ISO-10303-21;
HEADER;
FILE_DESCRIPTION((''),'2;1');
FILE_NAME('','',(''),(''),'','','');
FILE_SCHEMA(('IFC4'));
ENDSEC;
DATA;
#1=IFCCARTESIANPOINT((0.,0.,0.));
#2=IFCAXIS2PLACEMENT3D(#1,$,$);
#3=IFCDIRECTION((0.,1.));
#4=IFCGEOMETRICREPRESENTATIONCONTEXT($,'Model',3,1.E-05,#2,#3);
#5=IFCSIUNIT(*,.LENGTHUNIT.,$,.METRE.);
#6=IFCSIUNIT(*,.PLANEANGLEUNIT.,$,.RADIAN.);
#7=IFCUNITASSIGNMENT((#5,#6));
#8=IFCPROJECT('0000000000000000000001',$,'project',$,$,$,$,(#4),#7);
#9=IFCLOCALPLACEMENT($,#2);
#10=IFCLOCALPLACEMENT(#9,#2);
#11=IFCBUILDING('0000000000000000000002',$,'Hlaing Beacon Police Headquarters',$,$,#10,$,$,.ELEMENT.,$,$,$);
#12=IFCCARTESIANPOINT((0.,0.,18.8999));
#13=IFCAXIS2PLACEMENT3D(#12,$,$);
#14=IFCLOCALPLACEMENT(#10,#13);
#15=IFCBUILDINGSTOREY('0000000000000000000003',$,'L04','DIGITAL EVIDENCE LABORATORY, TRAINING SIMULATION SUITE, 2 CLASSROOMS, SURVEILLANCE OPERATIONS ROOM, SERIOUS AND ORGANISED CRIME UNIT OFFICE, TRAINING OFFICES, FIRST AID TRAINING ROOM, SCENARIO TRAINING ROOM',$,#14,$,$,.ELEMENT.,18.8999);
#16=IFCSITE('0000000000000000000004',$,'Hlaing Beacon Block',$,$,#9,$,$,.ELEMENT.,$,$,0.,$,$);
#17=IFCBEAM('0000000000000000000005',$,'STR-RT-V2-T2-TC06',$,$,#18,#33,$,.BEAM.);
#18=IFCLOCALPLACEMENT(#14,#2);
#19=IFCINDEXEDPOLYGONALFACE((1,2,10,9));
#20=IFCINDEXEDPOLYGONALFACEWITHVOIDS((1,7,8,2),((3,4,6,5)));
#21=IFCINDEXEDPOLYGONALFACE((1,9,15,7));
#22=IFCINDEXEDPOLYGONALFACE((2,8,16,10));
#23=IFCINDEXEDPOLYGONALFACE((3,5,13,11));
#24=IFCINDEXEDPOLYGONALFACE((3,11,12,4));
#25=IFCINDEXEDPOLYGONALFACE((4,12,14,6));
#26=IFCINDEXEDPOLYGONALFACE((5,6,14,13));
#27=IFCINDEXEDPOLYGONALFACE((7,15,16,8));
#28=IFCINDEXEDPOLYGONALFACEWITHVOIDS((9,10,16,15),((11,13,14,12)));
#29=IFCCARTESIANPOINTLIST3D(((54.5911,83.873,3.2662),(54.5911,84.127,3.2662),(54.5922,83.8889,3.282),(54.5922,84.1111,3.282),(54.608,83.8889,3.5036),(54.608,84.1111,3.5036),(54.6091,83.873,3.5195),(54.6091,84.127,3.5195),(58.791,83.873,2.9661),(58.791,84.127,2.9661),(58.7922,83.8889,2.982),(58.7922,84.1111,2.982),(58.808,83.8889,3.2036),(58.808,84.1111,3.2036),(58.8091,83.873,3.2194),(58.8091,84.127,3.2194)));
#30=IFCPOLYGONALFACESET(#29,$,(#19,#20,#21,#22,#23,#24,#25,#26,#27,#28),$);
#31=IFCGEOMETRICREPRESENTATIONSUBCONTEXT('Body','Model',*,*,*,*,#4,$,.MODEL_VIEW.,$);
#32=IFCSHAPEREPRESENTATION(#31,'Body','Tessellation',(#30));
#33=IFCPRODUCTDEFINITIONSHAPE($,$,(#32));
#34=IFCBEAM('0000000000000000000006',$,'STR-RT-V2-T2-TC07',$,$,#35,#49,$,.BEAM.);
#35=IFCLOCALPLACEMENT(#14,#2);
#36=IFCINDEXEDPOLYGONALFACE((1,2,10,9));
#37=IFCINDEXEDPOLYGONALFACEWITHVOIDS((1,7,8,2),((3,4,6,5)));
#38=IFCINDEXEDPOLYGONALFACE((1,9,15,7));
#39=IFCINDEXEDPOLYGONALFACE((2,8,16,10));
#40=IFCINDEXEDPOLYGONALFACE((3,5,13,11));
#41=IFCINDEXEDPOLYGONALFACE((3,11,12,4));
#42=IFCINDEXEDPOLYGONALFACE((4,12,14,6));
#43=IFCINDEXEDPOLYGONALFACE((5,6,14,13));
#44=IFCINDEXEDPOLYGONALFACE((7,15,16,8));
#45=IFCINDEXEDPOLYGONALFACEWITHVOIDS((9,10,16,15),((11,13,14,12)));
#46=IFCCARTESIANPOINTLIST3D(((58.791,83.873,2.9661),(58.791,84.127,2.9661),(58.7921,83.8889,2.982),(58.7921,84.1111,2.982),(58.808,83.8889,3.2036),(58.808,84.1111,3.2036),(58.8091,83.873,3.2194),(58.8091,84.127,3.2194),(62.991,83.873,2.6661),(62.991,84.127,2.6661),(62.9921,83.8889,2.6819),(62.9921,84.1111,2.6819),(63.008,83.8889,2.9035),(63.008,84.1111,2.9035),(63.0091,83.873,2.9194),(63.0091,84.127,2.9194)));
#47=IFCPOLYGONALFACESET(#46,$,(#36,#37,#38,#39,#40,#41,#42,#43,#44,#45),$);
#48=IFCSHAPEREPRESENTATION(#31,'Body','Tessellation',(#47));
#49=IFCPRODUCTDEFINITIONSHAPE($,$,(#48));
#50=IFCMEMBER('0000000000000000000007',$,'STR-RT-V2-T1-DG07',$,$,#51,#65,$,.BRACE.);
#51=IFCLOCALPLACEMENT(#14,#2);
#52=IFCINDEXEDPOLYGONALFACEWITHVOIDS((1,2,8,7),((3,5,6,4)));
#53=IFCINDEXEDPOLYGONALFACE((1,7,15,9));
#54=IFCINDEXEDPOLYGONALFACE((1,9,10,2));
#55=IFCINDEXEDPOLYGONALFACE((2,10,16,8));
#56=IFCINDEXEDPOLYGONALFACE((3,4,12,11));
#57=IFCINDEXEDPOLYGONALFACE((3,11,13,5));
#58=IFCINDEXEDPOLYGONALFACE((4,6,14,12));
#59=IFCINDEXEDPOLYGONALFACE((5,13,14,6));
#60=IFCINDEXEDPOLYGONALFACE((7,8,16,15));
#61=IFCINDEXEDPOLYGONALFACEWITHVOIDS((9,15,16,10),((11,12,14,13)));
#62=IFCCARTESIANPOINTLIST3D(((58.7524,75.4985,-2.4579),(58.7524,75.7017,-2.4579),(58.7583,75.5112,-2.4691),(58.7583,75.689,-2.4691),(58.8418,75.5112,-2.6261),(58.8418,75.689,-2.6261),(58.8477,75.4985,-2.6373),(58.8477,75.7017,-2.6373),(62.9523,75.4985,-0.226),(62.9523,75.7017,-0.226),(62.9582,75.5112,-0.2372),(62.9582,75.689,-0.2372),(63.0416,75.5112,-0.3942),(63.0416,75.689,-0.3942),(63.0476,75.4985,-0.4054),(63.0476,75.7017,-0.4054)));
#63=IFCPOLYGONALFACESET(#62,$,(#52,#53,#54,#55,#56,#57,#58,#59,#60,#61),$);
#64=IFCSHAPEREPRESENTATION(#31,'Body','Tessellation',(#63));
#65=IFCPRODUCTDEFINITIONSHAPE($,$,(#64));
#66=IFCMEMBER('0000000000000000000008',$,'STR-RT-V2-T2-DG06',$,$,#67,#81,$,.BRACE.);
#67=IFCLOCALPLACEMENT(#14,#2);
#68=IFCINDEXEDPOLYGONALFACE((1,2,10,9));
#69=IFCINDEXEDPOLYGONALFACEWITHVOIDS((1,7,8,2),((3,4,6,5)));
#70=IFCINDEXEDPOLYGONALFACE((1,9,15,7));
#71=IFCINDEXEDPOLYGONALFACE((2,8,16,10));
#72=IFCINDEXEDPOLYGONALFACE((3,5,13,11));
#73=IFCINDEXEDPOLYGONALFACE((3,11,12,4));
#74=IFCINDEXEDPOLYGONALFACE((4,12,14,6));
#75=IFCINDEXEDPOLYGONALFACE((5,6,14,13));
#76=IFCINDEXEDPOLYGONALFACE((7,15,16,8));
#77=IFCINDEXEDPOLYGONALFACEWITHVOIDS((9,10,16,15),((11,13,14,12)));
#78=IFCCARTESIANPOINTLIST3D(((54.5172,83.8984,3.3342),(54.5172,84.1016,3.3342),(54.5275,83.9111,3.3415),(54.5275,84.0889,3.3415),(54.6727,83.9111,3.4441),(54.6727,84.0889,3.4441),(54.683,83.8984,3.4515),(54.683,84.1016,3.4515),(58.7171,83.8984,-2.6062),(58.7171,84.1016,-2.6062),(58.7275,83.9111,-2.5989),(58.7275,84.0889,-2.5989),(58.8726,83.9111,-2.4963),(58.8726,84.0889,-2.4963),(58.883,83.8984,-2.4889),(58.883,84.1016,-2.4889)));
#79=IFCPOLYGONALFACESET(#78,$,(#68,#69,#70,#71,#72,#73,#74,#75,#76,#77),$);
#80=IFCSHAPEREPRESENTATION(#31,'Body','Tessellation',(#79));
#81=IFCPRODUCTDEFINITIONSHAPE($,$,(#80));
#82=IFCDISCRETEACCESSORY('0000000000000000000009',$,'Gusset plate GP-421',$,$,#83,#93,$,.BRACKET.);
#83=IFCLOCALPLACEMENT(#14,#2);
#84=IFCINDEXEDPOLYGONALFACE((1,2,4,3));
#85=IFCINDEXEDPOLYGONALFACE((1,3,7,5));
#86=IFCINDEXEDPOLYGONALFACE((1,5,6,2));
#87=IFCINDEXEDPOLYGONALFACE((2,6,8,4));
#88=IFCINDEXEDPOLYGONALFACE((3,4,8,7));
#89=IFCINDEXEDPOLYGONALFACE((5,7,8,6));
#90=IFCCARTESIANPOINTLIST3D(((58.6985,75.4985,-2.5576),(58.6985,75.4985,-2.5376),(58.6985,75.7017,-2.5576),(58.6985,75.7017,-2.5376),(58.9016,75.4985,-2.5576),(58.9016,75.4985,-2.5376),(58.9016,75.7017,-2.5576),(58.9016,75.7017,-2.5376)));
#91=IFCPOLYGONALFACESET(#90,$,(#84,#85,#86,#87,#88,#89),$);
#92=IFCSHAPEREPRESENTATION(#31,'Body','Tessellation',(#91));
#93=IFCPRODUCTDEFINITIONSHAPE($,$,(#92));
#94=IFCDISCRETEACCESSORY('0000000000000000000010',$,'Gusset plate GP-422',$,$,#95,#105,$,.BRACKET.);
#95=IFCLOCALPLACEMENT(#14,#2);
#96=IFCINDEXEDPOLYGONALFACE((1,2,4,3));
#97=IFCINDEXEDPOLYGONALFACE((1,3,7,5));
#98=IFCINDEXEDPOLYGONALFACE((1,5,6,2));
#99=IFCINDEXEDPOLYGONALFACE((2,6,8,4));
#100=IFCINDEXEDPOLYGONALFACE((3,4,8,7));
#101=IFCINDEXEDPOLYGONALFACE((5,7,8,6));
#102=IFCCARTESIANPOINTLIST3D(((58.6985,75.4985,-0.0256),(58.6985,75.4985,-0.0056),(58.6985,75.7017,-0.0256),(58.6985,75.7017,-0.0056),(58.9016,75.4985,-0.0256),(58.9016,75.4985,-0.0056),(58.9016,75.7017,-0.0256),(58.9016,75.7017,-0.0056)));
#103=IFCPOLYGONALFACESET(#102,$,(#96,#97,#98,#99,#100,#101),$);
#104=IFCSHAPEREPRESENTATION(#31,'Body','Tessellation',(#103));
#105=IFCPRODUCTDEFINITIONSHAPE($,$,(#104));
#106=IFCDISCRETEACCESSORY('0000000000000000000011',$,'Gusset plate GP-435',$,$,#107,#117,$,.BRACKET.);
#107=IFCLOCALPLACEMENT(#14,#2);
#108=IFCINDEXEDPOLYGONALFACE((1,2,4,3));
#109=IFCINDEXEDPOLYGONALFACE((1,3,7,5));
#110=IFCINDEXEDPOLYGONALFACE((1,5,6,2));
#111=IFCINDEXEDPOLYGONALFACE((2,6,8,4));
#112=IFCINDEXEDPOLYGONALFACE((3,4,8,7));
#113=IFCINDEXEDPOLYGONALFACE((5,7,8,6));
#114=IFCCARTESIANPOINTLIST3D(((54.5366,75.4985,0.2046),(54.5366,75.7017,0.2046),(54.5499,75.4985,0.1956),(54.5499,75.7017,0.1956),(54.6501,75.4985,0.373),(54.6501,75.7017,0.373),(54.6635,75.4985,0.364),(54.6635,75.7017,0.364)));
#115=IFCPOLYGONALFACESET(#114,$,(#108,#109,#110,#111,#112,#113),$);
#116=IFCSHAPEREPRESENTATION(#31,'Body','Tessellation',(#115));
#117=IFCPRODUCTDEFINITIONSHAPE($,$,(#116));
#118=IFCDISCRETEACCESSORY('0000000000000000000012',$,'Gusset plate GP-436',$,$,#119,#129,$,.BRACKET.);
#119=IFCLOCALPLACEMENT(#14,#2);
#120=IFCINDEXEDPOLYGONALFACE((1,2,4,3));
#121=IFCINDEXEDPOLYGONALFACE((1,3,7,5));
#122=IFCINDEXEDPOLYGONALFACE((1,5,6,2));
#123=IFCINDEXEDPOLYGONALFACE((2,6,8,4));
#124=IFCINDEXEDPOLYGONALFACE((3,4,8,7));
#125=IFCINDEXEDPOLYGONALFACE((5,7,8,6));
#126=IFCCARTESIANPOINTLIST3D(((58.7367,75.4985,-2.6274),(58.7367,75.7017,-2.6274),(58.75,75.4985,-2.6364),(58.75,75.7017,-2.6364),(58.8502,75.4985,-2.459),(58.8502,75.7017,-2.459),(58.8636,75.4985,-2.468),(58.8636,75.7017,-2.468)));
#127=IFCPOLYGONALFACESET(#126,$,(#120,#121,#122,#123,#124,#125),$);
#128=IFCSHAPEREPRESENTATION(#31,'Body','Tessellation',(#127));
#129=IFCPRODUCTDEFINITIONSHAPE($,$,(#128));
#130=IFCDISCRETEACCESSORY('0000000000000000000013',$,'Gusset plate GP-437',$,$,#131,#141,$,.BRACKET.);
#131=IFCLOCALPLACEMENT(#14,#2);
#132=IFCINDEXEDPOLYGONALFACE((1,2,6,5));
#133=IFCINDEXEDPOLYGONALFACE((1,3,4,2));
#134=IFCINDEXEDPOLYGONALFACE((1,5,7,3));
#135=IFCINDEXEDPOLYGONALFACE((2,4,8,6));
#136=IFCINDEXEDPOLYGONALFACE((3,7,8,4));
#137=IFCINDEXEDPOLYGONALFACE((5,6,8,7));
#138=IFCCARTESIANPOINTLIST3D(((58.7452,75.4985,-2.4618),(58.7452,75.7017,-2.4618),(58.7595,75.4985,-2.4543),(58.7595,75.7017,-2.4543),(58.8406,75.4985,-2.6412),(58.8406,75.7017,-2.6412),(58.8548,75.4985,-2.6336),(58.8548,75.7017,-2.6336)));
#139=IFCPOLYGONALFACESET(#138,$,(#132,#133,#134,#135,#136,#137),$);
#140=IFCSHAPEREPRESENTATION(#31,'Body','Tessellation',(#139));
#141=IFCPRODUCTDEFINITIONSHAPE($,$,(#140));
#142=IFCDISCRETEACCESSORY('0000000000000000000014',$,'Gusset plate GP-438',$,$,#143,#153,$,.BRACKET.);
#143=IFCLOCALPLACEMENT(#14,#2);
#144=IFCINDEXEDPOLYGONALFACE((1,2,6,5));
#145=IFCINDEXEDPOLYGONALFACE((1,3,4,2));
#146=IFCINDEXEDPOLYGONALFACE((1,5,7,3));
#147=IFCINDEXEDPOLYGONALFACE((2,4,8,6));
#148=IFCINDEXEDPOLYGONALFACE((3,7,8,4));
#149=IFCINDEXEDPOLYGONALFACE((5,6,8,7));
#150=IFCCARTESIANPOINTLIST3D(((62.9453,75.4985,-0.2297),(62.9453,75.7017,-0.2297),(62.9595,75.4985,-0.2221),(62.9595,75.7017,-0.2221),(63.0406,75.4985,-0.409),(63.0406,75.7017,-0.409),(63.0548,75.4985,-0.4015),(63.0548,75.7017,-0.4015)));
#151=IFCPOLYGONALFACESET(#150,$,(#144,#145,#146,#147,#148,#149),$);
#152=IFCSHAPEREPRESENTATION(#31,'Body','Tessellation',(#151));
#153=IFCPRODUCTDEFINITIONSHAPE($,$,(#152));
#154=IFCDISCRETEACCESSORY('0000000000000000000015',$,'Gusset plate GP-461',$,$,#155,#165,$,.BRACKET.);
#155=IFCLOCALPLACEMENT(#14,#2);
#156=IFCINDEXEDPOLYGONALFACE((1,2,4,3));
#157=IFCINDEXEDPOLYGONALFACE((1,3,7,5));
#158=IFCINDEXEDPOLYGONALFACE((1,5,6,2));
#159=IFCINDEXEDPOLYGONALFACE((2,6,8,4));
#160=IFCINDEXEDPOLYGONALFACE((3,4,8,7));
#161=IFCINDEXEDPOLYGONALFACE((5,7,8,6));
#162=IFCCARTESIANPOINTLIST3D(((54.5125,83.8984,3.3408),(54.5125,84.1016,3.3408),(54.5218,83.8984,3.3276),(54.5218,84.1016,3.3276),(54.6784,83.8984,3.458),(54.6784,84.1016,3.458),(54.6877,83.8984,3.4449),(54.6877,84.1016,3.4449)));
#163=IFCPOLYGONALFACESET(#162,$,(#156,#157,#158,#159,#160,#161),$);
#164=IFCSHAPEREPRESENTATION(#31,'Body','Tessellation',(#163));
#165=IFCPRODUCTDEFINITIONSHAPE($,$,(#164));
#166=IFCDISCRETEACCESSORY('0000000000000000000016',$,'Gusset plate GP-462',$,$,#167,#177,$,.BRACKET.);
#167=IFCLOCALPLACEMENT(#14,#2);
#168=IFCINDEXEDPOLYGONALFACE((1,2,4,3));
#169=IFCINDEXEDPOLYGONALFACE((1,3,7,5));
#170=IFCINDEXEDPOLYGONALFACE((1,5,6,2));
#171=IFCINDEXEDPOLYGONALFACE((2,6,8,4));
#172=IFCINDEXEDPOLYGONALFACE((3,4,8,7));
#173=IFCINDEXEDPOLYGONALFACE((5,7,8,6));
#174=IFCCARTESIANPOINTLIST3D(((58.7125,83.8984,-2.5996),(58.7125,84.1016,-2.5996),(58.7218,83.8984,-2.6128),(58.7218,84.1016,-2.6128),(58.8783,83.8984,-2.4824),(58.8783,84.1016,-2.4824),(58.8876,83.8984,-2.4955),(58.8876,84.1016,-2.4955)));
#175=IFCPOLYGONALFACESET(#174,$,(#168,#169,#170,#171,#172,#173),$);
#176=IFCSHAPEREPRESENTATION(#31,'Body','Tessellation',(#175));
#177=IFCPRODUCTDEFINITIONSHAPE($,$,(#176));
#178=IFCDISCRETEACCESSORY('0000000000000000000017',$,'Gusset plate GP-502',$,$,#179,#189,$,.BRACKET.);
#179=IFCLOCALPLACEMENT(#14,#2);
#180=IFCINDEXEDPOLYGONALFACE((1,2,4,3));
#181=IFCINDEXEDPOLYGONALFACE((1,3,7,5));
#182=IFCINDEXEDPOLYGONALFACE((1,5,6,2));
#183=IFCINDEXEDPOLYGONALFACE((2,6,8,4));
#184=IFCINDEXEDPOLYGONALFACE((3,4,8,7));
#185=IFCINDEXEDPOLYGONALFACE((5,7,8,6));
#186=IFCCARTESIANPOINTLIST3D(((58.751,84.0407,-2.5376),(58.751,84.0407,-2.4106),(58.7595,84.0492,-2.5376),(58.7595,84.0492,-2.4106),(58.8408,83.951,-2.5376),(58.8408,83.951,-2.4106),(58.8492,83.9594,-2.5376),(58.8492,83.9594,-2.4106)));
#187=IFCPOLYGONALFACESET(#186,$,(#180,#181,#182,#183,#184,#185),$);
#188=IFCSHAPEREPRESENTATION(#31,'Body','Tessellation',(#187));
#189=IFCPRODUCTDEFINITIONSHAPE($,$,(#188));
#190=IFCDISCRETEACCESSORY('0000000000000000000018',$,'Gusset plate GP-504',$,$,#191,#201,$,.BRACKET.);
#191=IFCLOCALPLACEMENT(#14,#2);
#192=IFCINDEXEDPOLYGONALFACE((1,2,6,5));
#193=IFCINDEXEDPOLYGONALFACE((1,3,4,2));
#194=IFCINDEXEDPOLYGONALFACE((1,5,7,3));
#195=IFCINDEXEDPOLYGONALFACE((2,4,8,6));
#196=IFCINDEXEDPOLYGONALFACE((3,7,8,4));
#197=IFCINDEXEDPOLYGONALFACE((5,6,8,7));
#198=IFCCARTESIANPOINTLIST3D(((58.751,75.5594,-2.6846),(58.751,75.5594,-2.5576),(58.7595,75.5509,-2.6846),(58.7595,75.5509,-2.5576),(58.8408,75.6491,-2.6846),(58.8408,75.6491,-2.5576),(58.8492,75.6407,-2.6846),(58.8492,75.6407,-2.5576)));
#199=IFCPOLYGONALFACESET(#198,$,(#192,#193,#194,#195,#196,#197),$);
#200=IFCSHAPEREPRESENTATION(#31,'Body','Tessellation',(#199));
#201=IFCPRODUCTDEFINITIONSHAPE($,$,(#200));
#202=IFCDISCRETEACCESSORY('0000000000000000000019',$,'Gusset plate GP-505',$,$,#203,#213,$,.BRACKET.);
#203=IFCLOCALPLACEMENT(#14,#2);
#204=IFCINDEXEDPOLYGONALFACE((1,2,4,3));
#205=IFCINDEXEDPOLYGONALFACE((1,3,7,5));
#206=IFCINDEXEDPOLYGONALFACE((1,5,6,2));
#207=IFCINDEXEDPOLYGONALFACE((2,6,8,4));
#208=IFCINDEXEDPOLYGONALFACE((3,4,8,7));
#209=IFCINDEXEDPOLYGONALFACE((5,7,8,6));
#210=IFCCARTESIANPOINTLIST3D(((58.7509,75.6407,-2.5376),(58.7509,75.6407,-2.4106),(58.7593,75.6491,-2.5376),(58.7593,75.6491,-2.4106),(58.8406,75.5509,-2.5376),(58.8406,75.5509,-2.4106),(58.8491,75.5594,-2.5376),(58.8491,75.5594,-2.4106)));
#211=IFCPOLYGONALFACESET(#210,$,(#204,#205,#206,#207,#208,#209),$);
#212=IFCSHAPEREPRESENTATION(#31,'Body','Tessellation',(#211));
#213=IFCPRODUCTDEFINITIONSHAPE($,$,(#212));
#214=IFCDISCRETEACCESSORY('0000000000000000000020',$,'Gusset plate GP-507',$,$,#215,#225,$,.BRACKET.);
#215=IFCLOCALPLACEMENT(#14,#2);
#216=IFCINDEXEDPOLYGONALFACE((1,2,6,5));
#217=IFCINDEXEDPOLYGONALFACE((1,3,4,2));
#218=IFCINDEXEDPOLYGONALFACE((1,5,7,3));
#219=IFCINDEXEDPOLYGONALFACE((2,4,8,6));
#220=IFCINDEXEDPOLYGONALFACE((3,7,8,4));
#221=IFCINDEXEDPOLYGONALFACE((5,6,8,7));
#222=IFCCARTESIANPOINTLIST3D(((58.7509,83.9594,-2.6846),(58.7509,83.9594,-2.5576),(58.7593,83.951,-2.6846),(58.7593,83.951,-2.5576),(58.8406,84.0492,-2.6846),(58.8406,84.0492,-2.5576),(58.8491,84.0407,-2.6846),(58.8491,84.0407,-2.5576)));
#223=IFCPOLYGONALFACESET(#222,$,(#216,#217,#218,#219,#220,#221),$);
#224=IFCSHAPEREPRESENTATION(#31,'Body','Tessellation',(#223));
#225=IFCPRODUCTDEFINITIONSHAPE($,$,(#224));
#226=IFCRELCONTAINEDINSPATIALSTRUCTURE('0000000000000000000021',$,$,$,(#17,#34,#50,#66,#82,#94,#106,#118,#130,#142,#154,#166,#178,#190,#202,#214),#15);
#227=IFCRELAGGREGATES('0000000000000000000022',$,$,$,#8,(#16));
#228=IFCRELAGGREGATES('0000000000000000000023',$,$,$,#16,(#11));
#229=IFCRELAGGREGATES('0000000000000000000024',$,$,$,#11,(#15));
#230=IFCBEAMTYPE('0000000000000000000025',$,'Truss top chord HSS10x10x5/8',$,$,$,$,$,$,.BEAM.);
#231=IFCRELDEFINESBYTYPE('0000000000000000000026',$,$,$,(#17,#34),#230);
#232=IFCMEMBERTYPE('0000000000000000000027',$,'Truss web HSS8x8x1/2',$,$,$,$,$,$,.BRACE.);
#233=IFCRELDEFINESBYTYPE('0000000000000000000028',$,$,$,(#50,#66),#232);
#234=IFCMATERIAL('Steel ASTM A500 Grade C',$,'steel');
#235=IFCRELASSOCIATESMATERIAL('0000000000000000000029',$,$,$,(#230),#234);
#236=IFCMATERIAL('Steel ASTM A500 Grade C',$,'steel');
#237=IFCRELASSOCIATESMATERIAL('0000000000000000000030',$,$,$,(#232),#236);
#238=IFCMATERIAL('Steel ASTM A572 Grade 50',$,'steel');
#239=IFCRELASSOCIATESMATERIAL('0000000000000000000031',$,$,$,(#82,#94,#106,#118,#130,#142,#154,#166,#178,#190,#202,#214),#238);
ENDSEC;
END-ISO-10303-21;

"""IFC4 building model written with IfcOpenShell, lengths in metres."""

from ifc_helpers import new_model, si_unit, direction, frame, origin, origin_2d, place, context, subcontext, project, spatial, rectangle, hollow_rectangle, extrude, material, material_profile, profile_set, type_object, element, save


model = new_model("IFC4")

# Units and contexts
model_context = context("Model", 3, precision=1e-05, world=origin(), true_north=direction((0.0, 1.0)))
body_context = subcontext(model_context, "Body", "Model", "MODEL_VIEW")
ifc_project = project(units=[si_unit("LENGTHUNIT", "METRE"), si_unit("PLANEANGLEUNIT", "RADIAN")], contexts=[model_context])

# Site, building, storey
site_placement = place(None, origin())
site = spatial("IfcSite", under=ifc_project, at=site_placement, Name="Hlaing Beacon Block", CompositionType="ELEMENT", RefElevation=0.0)
building_placement = place(site_placement, origin())
building = spatial("IfcBuilding", under=site, at=building_placement, Name="Hlaing Beacon Police Headquarters", CompositionType="ELEMENT")
storey_placement = place(building_placement, frame((0.0, 0.0, 18.8999)))
storey = spatial("IfcBuildingStorey", under=building, at=storey_placement, Name="L04", Description="DIGITAL EVIDENCE LABORATORY, TRAINING SIMULATION SUITE, 2 CLASSROOMS, SURVEILLANCE OPERATIONS ROOM, SERIOUS AND ORGANISED CRIME UNIT OFFICE, TRAINING OFFICES, FIRST AID TRAINING ROOM, SCENARIO TRAINING ROOM", CompositionType="ELEMENT", Elevation=18.8999)

# Beams
ifc_material_1 = material(Name="Steel ASTM A500 Grade C", Category="steel")
ifc_material_profile_1 = material_profile(ifc_material_1, hollow_rectangle(XDim=0.2539, YDim=0.2539, WallThickness=0.0159, at=origin_2d()), Name="HSS10x10x5/8")
ifc_profile_set_1 = profile_set([ifc_material_profile_1], Name="Steel ASTM A500 Grade C")
beam_type_1 = type_object("IfcBeamType", Name="Truss top chord HSS10x10x5/8", PredefinedType="BEAM", material=ifc_profile_set_1)
for number, where, z_axis, x_axis, name in (
    (1, (54.6001, 84.0, 3.3928), (0.997458, 0.0, -0.071259), (0.0, 1.0, 0.0), "STR-RT-V2-T2-TC06"),
    (2, (58.8, 84.0, 3.0928), (0.997458, 0.0, -0.071259), (0.0, 1.0, 0.0), "STR-RT-V2-T2-TC07"),
):
    element("IfcBeam", number, at=place(storey_placement, frame(where, z_axis=z_axis, x_axis=x_axis)), inside=storey, type_object=beam_type_1, Name=name, PredefinedType="BEAM", context=body_context, shape_type="SweptSolid", body=[
        extrude(hollow_rectangle(XDim=0.2539, YDim=0.2539, WallThickness=0.0159, at=origin_2d()), origin(), (0.0, 0.0, 1.0), 4.2107),
    ])

# Members
ifc_material_2 = material(Name="Steel ASTM A500 Grade C", Category="steel")
ifc_material_profile_2 = material_profile(ifc_material_2, hollow_rectangle(XDim=0.2031, YDim=0.2031, WallThickness=0.0127, at=origin_2d()), Name="HSS8x8x1/2")
ifc_profile_set_2 = profile_set([ifc_material_profile_2], Name="Steel ASTM A500 Grade C")
member_type_1 = type_object("IfcMemberType", Name="Truss web HSS8x8x1/2", PredefinedType="BRACE", material=ifc_profile_set_2)
member_1_placement = place(storey_placement, frame((58.8, 75.6001, -2.5476), z_axis=(0.883054, 0.0, 0.469272), x_axis=(0.0, 1.0, 0.0)))
element("IfcMember", 3, at=member_1_placement, inside=storey, type_object=member_type_1, Name="STR-RT-V2-T1-DG07", PredefinedType="BRACE", context=body_context, shape_type="SweptSolid", body=[
    extrude(hollow_rectangle(XDim=0.2031, YDim=0.2031, WallThickness=0.0127, at=origin_2d()), origin(), (0.0, 0.0, 1.0), 4.7561),
])
member_2_placement = place(storey_placement, frame((54.6001, 84.0, 3.3928), z_axis=(0.577298, 0.0, -0.816533), x_axis=(0.0, 1.0, 0.0)))
element("IfcMember", 4, at=member_2_placement, inside=storey, type_object=member_type_1, Name="STR-RT-V2-T2-DG06", PredefinedType="BRACE", context=body_context, shape_type="SweptSolid", body=[
    extrude(hollow_rectangle(XDim=0.2031, YDim=0.2031, WallThickness=0.0127, at=origin_2d()), origin(), (0.0, 0.0, 1.0), 7.2751),
])

# Discrete accessories
ifc_material_3 = material(Name="Steel ASTM A572 Grade 50", Category="steel")
for number, where, z_axis, x_axis, name in (
    (5, (58.8, 75.6001, -2.5376), (0.0, 0.0, -1.0), (1.0, 0.0, 0.0), "Gusset plate GP-421"),
    (6, (58.8, 75.6001, -0.0256), (0.0, 0.0, 1.0), (1.0, 0.0, 0.0), "Gusset plate GP-422"),
):
    element("IfcDiscreteAccessory", number, at=place(storey_placement, frame(where, z_axis=z_axis, x_axis=x_axis)), inside=storey, material=ifc_material_3, Name=name, PredefinedType="BRACKET", context=body_context, shape_type="SweptSolid", body=[
        extrude(rectangle(XDim=0.2031, YDim=0.2031, at=origin_2d()), origin(), (0.0, 0.0, 1.0), 0.02),
    ])
for number, where, z_axis, x_axis, name in (
    (7, (54.6067, 75.6001, 0.2798), (-0.82914, 0.0, 0.559042), (0.0, -1.0, 0.0), "Gusset plate GP-435"),
    (8, (58.7935, 75.6001, -2.5432), (0.82914, 0.0, -0.559042), (0.0, 1.0, 0.0), "Gusset plate GP-436"),
    (9, (58.8071, 75.6001, -2.5439), (-0.883054, 0.0, -0.469272), (0.0, -1.0, 0.0), "Gusset plate GP-437"),
    (10, (62.9929, 75.6001, -0.3193), (0.883054, 0.0, 0.469272), (0.0, 1.0, 0.0), "Gusset plate GP-438"),
    (11, (54.6047, 84.0, 3.3862), (-0.577298, 0.0, 0.816533), (0.0, -1.0, 0.0), "Gusset plate GP-461"),
    (12, (58.7954, 84.0, -2.541), (0.577298, 0.0, -0.816533), (0.0, 1.0, 0.0), "Gusset plate GP-462"),
):
    element("IfcDiscreteAccessory", number, at=place(storey_placement, frame(where, z_axis=z_axis, x_axis=x_axis)), inside=storey, material=ifc_material_3, Name=name, PredefinedType="BRACKET", context=body_context, shape_type="SweptSolid", body=[
        extrude(rectangle(XDim=0.2031, YDim=0.2031, at=origin_2d()), origin(), (0.0, 0.0, 1.0), 0.0161),
    ])
for number, where, z_axis, x_axis, name in (
    (13, (58.7959, 83.9958, -2.4741), (0.707117, 0.707097, 0.0), (-0.707097, 0.707117, 0.0), "Gusset plate GP-502"),
    (14, (58.7959, 75.6042, -2.6211), (0.707117, -0.707097, 0.0), (0.707097, 0.707117, 0.0), "Gusset plate GP-504"),
    (15, (58.8042, 75.6042, -2.4741), (-0.707107, -0.707107, 0.0), (0.707107, -0.707107, 0.0), "Gusset plate GP-505"),
    (16, (58.8042, 83.9958, -2.6211), (-0.707107, 0.707107, 0.0), (-0.707107, -0.707107, 0.0), "Gusset plate GP-507"),
):
    element("IfcDiscreteAccessory", number, at=place(storey_placement, frame(where, z_axis=z_axis, x_axis=x_axis)), inside=storey, material=ifc_material_3, Name=name, PredefinedType="BRACKET", context=body_context, shape_type="SweptSolid", body=[
        extrude(rectangle(XDim=0.127, YDim=0.127, at=origin_2d()), origin(), (0.0, 0.0, 1.0), 0.012),
    ])

save(model, "model.ifc")
